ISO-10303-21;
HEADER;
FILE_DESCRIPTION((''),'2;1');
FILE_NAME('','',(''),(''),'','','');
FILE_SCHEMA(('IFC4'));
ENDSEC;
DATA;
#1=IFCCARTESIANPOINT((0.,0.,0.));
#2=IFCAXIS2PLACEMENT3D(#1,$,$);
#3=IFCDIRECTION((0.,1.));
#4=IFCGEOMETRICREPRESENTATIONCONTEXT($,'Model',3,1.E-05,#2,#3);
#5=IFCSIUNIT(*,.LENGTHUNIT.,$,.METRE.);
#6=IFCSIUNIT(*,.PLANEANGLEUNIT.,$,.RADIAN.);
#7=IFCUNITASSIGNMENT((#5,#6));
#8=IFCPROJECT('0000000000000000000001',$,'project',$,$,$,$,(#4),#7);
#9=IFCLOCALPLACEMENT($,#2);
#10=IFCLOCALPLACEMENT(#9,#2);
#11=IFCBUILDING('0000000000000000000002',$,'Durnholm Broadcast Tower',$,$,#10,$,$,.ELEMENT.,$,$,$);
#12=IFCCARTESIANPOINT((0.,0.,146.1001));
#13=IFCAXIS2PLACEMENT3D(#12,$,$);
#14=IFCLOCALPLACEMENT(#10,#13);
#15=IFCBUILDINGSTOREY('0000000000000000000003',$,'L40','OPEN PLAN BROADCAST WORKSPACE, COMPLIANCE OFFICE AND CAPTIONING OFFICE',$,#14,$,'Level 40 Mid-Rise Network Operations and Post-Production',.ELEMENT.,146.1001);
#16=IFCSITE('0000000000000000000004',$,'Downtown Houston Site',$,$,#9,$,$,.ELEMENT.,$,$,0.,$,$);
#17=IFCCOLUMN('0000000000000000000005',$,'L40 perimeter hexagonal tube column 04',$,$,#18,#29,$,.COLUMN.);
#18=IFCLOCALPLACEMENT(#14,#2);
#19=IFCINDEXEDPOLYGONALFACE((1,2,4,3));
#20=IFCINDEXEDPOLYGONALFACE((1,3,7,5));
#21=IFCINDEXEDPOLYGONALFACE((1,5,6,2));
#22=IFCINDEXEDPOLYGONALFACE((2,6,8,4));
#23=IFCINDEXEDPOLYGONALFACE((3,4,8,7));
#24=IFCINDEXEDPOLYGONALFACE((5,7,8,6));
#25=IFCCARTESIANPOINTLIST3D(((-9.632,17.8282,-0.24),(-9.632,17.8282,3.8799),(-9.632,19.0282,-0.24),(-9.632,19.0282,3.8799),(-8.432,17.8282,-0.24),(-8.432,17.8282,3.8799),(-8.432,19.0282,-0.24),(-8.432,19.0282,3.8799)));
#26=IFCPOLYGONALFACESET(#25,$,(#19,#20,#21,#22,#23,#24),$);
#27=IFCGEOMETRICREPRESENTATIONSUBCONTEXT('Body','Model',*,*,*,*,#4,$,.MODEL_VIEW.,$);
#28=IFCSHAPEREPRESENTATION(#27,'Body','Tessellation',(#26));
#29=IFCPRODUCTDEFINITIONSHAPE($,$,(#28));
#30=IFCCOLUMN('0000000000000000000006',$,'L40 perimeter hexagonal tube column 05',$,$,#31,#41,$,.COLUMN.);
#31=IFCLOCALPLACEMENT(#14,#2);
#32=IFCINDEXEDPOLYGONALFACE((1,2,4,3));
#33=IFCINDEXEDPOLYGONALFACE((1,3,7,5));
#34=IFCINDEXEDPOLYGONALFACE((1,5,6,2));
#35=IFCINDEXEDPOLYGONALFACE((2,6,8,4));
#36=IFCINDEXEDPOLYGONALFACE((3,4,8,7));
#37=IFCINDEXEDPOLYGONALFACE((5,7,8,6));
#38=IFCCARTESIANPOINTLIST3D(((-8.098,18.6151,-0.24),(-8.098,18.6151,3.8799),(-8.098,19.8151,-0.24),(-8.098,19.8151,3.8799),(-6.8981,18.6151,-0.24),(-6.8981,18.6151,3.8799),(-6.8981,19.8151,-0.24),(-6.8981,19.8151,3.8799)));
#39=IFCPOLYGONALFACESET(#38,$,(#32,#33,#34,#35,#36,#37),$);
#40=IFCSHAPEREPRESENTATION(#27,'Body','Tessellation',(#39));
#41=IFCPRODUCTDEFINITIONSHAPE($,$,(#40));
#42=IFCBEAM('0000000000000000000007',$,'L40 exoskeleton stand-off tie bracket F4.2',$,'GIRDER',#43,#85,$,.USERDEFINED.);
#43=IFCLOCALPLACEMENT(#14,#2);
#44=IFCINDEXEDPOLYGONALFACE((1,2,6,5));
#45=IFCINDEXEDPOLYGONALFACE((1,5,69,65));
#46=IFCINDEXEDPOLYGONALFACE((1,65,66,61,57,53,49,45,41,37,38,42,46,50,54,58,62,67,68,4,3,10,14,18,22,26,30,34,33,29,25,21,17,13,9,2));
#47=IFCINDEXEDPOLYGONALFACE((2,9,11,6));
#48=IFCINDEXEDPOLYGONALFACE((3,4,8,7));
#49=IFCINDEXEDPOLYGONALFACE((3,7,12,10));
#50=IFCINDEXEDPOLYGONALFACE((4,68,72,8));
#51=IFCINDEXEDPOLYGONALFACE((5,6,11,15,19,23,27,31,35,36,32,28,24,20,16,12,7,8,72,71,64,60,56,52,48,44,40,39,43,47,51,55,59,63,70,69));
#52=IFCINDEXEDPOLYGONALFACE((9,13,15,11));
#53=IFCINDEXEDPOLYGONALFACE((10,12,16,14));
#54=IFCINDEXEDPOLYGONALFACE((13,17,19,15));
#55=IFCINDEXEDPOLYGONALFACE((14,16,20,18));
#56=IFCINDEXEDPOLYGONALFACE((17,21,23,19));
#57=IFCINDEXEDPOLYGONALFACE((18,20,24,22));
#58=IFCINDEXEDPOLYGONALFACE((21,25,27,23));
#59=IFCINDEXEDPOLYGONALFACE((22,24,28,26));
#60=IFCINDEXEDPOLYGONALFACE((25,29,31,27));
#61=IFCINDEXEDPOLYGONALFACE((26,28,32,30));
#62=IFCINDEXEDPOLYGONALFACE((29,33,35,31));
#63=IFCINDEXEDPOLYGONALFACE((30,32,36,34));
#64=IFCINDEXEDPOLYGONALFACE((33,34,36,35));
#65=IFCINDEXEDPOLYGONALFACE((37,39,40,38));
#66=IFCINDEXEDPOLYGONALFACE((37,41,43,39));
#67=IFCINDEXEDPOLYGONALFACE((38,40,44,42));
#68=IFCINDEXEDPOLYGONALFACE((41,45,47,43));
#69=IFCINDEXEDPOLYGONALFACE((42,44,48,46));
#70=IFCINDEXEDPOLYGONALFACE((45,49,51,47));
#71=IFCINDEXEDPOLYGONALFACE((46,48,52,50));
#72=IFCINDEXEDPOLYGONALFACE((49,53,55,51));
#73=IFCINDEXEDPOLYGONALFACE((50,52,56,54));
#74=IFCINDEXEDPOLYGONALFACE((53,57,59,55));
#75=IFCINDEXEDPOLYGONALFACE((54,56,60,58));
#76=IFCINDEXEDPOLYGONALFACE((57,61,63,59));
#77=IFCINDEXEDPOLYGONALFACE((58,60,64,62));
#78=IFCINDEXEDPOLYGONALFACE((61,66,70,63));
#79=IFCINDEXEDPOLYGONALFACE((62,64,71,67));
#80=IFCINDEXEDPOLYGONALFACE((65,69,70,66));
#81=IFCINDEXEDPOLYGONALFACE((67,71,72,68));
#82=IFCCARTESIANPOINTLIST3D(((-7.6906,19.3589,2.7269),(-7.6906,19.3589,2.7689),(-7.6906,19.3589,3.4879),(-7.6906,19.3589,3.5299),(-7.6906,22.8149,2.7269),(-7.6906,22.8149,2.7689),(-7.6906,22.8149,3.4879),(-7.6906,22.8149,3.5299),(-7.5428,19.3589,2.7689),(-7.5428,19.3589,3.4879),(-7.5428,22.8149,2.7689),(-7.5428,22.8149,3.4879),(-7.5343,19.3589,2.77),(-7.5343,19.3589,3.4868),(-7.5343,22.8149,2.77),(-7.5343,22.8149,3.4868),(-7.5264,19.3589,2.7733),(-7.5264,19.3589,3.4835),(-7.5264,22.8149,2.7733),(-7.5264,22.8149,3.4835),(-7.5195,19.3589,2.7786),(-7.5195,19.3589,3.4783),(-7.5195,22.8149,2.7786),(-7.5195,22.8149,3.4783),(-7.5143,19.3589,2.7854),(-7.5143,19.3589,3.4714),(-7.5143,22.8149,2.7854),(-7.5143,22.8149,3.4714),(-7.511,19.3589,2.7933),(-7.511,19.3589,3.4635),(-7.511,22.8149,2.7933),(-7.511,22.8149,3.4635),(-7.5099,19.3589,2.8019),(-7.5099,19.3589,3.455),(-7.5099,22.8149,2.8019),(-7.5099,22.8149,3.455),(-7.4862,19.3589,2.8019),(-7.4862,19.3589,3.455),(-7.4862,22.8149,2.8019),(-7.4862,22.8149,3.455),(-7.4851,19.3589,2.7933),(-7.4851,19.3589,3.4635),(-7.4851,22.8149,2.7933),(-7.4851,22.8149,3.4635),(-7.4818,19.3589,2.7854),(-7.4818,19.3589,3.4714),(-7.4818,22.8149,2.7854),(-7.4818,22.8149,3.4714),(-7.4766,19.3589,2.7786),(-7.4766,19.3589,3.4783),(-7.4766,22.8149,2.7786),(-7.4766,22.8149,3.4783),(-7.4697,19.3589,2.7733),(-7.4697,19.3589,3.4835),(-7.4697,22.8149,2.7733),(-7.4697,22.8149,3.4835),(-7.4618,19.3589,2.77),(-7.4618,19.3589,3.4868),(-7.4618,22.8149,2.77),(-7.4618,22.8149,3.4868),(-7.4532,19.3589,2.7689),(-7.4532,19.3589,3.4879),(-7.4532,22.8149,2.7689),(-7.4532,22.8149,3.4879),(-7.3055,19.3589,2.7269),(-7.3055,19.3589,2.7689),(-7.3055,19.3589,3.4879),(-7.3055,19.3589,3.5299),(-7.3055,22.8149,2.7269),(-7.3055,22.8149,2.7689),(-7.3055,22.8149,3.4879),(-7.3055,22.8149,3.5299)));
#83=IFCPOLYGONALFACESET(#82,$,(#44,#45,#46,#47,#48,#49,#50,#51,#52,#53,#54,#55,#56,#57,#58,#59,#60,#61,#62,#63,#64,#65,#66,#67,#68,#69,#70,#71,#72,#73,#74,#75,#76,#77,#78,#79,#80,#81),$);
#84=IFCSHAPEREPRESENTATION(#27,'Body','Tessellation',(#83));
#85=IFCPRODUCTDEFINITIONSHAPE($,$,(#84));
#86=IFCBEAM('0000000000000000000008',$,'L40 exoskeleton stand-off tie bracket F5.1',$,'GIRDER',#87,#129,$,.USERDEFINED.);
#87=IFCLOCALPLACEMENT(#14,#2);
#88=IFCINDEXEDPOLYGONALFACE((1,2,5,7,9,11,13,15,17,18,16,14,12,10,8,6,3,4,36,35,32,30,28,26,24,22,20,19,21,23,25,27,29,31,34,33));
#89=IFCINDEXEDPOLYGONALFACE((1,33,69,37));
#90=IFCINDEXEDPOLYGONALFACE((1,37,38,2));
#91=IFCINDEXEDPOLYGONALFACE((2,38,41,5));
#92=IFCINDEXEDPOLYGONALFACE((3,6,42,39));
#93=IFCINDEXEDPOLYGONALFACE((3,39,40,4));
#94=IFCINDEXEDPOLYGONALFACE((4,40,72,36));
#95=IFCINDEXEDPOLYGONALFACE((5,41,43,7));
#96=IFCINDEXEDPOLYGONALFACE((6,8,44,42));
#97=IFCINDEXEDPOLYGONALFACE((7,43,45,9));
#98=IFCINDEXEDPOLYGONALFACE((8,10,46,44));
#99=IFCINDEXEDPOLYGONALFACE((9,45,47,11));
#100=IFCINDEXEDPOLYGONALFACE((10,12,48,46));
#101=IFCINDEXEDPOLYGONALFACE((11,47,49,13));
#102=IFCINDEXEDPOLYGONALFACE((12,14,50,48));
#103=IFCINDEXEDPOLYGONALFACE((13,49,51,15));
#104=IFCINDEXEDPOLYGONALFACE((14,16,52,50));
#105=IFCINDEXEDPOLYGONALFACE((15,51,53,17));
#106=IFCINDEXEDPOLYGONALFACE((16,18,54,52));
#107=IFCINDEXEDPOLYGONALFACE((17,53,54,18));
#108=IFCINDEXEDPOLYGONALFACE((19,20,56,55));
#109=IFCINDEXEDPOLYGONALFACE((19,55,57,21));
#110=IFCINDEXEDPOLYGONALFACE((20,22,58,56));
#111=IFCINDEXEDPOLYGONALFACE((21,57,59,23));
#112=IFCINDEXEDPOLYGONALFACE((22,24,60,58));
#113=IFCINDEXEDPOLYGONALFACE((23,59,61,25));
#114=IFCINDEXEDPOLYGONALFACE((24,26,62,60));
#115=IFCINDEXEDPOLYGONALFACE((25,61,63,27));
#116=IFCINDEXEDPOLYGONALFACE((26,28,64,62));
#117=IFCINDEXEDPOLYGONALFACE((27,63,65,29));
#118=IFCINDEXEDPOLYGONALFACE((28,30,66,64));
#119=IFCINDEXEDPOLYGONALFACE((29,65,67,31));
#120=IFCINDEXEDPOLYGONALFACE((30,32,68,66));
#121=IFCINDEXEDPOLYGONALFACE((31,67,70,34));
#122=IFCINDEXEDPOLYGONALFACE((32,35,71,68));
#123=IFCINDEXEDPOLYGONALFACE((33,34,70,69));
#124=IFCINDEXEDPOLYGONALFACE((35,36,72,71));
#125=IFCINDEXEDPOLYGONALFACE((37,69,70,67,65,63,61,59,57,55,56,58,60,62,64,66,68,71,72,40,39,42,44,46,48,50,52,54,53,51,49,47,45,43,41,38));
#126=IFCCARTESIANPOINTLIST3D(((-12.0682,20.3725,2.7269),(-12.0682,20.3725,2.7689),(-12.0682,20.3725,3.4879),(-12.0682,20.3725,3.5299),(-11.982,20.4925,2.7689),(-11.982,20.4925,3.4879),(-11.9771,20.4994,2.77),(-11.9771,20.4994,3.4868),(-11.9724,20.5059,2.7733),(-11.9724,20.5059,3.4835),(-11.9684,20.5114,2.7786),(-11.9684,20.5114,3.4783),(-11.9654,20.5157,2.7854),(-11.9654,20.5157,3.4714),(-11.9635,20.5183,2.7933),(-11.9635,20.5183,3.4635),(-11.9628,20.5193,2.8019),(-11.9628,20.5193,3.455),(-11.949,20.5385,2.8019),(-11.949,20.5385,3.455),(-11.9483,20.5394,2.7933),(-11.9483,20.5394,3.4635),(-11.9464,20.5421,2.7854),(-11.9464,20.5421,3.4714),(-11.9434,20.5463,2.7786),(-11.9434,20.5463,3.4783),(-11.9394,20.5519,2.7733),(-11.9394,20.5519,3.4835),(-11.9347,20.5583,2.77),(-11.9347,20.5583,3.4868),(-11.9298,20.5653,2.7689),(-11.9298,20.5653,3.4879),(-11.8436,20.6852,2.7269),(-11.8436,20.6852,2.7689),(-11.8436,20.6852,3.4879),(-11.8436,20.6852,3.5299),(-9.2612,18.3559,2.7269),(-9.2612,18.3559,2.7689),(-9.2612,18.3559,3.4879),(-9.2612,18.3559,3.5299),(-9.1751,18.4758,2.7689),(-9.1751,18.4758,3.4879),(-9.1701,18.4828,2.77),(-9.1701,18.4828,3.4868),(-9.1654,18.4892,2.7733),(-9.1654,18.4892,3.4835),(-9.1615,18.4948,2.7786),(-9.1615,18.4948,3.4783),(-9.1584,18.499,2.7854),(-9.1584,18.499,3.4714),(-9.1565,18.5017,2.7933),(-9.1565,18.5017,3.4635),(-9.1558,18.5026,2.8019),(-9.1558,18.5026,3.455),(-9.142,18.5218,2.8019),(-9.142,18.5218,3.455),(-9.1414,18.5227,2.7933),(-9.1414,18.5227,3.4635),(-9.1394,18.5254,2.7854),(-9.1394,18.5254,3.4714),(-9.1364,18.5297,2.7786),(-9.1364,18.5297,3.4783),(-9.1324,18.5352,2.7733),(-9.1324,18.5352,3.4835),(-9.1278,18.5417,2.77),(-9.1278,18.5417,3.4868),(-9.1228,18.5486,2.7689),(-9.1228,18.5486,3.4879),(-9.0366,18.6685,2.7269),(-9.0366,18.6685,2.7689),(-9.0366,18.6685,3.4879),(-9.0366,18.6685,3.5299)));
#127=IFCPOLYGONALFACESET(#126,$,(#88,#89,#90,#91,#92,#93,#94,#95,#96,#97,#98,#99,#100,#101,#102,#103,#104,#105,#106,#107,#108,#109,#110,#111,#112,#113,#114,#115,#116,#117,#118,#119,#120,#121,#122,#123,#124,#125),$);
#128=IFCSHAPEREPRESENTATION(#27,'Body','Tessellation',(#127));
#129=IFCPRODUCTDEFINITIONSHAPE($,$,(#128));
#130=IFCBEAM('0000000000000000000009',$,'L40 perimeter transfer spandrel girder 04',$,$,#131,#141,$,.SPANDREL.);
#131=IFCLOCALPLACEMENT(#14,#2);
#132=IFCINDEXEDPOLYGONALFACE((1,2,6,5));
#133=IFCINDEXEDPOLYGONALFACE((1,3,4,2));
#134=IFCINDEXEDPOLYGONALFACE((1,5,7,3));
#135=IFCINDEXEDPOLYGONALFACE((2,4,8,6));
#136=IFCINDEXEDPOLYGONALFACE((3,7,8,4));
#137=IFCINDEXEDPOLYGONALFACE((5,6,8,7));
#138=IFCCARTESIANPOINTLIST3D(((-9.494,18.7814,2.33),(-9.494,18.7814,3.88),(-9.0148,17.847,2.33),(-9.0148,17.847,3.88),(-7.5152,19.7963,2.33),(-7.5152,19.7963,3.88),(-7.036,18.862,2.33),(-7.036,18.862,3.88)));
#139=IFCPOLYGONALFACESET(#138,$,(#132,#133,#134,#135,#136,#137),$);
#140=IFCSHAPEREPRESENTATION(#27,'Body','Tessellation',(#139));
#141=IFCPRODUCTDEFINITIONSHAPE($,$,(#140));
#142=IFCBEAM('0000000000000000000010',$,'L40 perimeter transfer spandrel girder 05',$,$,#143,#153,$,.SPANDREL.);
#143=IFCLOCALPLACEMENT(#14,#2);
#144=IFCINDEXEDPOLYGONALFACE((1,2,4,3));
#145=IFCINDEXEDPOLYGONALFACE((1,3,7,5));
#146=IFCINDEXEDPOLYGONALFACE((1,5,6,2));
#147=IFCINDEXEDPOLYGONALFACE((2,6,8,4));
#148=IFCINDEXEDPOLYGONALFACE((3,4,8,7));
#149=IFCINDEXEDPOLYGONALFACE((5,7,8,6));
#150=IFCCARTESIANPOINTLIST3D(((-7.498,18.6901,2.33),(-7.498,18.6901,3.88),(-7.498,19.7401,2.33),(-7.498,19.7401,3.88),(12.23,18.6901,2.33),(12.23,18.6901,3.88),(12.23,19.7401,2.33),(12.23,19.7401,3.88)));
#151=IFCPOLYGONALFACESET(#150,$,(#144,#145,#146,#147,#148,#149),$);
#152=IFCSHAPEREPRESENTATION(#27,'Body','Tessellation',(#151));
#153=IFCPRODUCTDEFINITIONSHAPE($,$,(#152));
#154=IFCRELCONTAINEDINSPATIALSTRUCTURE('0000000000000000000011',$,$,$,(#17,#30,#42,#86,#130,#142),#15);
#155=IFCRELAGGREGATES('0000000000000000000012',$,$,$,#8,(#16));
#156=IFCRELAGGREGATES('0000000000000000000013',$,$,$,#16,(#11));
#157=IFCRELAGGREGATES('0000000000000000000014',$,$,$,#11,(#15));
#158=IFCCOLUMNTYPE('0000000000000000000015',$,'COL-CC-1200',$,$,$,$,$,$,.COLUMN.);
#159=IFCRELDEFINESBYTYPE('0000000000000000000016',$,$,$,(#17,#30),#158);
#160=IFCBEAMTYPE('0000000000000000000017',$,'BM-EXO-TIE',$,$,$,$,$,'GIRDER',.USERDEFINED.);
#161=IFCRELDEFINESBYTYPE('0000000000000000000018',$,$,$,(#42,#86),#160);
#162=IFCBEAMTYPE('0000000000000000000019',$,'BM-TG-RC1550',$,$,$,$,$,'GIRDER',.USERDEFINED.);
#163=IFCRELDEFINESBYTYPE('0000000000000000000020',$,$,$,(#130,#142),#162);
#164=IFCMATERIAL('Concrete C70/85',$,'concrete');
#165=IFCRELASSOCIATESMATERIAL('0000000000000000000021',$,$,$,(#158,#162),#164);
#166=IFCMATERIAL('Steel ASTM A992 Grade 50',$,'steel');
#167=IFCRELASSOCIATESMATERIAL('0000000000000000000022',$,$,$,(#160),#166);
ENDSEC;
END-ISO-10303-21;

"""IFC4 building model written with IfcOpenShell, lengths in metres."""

from ifc_helpers import new_model, si_unit, direction, frame, origin, origin_2d, place, context, subcontext, project, spatial, rectangle, i_section, extrude, source, transform, mapped, material, material_profile, profile_set, type_object, type_shapes, element, save


model = new_model("IFC4")

# Units and contexts
model_context = context("Model", 3, precision=1e-05, world=origin(), true_north=direction((0.0, 1.0)))
body_context = subcontext(model_context, "Body", "Model", "MODEL_VIEW")
ifc_project = project(units=[si_unit("LENGTHUNIT", "METRE"), si_unit("PLANEANGLEUNIT", "RADIAN")], contexts=[model_context])

# Site, building, storey
site_placement = place(None, origin())
site = spatial("IfcSite", under=ifc_project, at=site_placement, Name="Downtown Houston Site", CompositionType="ELEMENT", RefElevation=0.0)
building_placement = place(site_placement, origin())
building = spatial("IfcBuilding", under=site, at=building_placement, Name="Durnholm Broadcast Tower", CompositionType="ELEMENT")
storey_placement = place(building_placement, frame((0.0, 0.0, 146.1001)))
storey = spatial("IfcBuildingStorey", under=building, at=storey_placement, Name="L40", Description="OPEN PLAN BROADCAST WORKSPACE, COMPLIANCE OFFICE AND CAPTIONING OFFICE", LongName="Level 40 Mid-Rise Network Operations and Post-Production", CompositionType="ELEMENT", Elevation=146.1001)

# Columns
ifc_material_1 = material(Name="Concrete C70/85", Category="concrete")
ifc_material_profile_1 = material_profile(ifc_material_1, rectangle(XDim=1.2, YDim=1.2, at=origin_2d()), Name="RC1200X1200")
ifc_profile_set_1 = profile_set([ifc_material_profile_1], Name="Concrete C70/85")
column_type = type_object("IfcColumnType", Name="COL-CC-1200", PredefinedType="COLUMN", material=ifc_profile_set_1)
shared_shape_1 = source(origin(), body_context, "Body", "SweptSolid", [
    extrude(rectangle(XDim=1.2, YDim=1.2, at=origin_2d()), origin(), (0.0, 0.0, 1.0), 4.1199),
])
type_shapes(column_type, [shared_shape_1])
for number, where, z_axis, x_axis, name in (
    (1, (-9.032, 18.4282, -0.24), (0.0, 0.0, 1.0), (1.0, 0.0, 0.0), "L40 perimeter hexagonal tube column 04"),
    (2, (-7.498, 19.2151, -0.24), (0.0, 0.0, 1.0), (1.0, 0.0, 0.0), "L40 perimeter hexagonal tube column 05"),
):
    element("IfcColumn", number, at=place(storey_placement, frame(where, z_axis=z_axis, x_axis=x_axis)), inside=storey, type_object=column_type, Name=name, PredefinedType="COLUMN", context=body_context, shape_type="MappedRepresentation", body=[
        mapped(shared_shape_1, transform((0.0, 0.0, 0.0), x_axis=(1.0, 0.0, 0.0), y_axis=(0.0, 1.0, 0.0), z_axis=(0.0, 0.0, 1.0), scale=1.0)),
    ])

# Beams
ifc_material_2 = material(Name="Steel ASTM A992 Grade 50", Category="steel")
ifc_material_profile_2 = material_profile(ifc_material_2, i_section(OverallWidth=0.385, OverallDepth=0.803, WebThickness=0.0237, FlangeThickness=0.042, FilletRadius=0.033, at=origin_2d()), Name="W30X261")
ifc_profile_set_2 = profile_set([ifc_material_profile_2], Name="Steel ASTM A992 Grade 50")
beam_type_1 = type_object("IfcBeamType", Name="BM-EXO-TIE", ElementType="GIRDER", PredefinedType="USERDEFINED", material=ifc_profile_set_2)
shared_shape_2 = source(origin(), body_context, "Body", "SweptSolid", [
    extrude(i_section(OverallWidth=0.385, OverallDepth=0.803, WebThickness=0.0237, FlangeThickness=0.042, FilletRadius=0.033, at=origin_2d()), origin(), (0.0, 0.0, 1.0), 3.4561),
])
beam_1_placement = place(storey_placement, frame((-7.498, 19.3589, 3.1284), z_axis=(0.0, 1.0, 0.0), x_axis=(-1.0, 0.0, 0.0)))
element("IfcBeam", 3, at=beam_1_placement, inside=storey, type_object=beam_type_1, Name="L40 exoskeleton stand-off tie bracket F4.2", ObjectType="GIRDER", PredefinedType="USERDEFINED", context=body_context, shape_type="MappedRepresentation", body=[
    mapped(shared_shape_2, transform((0.0, 0.0, 0.0), x_axis=(1.0, 0.0, 0.0), y_axis=(0.0, 1.0, 0.0), z_axis=(0.0, 0.0, 1.0), scale=1.0)),
])
shared_shape_3 = source(origin(), body_context, "Body", "SweptSolid", [
    extrude(i_section(OverallWidth=0.385, OverallDepth=0.803, WebThickness=0.0237, FlangeThickness=0.042, FilletRadius=0.033, at=origin_2d()), origin(), (0.0, 0.0, 1.0), 3.4563),
])
type_shapes(beam_type_1, [shared_shape_2, shared_shape_3])
beam_2_placement = place(storey_placement, frame((-9.1489, 18.5122, 3.1284), z_axis=(-0.812131, 0.583474, 0.0), x_axis=(-0.583474, -0.812131, 0.0)))
element("IfcBeam", 4, at=beam_2_placement, inside=storey, type_object=beam_type_1, Name="L40 exoskeleton stand-off tie bracket F5.1", ObjectType="GIRDER", PredefinedType="USERDEFINED", context=body_context, shape_type="MappedRepresentation", body=[
    mapped(shared_shape_3, transform((0.0, 0.0, 0.0), x_axis=(1.0, 0.0, 0.0), y_axis=(0.0, 1.0, 0.0), z_axis=(0.0, 0.0, 1.0), scale=1.0)),
])
ifc_material_profile_3 = material_profile(ifc_material_1, rectangle(XDim=1.05, YDim=1.55, at=origin_2d()), Name="RC1050X1550")
ifc_profile_set_3 = profile_set([ifc_material_profile_3], Name="Concrete C70/85")
beam_type_2 = type_object("IfcBeamType", Name="BM-TG-RC1550", ElementType="GIRDER", PredefinedType="USERDEFINED", material=ifc_profile_set_3)
shared_shape_4 = source(origin(), body_context, "Body", "SweptSolid", [
    extrude(rectangle(XDim=1.05, YDim=1.55, at=origin_2d()), origin(), (0.0, 0.0, 1.0), 2.2239),
])
beam_3_placement = place(storey_placement, frame((-9.2544, 18.3142, 3.105), z_axis=(0.889791, 0.456368, 0.0), x_axis=(-0.456368, 0.889791, 0.0)))
element("IfcBeam", 5, at=beam_3_placement, inside=storey, type_object=beam_type_2, Name="L40 perimeter transfer spandrel girder 04", PredefinedType="SPANDREL", context=body_context, shape_type="MappedRepresentation", body=[
    mapped(shared_shape_4, transform((0.0, 0.0, 0.0), x_axis=(1.0, 0.0, 0.0), y_axis=(0.0, 1.0, 0.0), z_axis=(0.0, 0.0, 1.0), scale=1.0)),
])
shared_shape_5 = source(origin(), body_context, "Body", "SweptSolid", [
    extrude(rectangle(XDim=1.05, YDim=1.55, at=origin_2d()), origin(), (0.0, 0.0, 1.0), 19.728),
])
type_shapes(beam_type_2, [shared_shape_4, shared_shape_5])
beam_4_placement = place(storey_placement, frame((-7.498, 19.2151, 3.105), z_axis=(1.0, 0.0, 0.0), x_axis=(0.0, 1.0, 0.0)))
element("IfcBeam", 6, at=beam_4_placement, inside=storey, type_object=beam_type_2, Name="L40 perimeter transfer spandrel girder 05", PredefinedType="SPANDREL", context=body_context, shape_type="MappedRepresentation", body=[
    mapped(shared_shape_5, transform((0.0, 0.0, 0.0), x_axis=(1.0, 0.0, 0.0), y_axis=(0.0, 1.0, 0.0), z_axis=(0.0, 0.0, 1.0), scale=1.0)),
])

save(model, "model.ifc")
